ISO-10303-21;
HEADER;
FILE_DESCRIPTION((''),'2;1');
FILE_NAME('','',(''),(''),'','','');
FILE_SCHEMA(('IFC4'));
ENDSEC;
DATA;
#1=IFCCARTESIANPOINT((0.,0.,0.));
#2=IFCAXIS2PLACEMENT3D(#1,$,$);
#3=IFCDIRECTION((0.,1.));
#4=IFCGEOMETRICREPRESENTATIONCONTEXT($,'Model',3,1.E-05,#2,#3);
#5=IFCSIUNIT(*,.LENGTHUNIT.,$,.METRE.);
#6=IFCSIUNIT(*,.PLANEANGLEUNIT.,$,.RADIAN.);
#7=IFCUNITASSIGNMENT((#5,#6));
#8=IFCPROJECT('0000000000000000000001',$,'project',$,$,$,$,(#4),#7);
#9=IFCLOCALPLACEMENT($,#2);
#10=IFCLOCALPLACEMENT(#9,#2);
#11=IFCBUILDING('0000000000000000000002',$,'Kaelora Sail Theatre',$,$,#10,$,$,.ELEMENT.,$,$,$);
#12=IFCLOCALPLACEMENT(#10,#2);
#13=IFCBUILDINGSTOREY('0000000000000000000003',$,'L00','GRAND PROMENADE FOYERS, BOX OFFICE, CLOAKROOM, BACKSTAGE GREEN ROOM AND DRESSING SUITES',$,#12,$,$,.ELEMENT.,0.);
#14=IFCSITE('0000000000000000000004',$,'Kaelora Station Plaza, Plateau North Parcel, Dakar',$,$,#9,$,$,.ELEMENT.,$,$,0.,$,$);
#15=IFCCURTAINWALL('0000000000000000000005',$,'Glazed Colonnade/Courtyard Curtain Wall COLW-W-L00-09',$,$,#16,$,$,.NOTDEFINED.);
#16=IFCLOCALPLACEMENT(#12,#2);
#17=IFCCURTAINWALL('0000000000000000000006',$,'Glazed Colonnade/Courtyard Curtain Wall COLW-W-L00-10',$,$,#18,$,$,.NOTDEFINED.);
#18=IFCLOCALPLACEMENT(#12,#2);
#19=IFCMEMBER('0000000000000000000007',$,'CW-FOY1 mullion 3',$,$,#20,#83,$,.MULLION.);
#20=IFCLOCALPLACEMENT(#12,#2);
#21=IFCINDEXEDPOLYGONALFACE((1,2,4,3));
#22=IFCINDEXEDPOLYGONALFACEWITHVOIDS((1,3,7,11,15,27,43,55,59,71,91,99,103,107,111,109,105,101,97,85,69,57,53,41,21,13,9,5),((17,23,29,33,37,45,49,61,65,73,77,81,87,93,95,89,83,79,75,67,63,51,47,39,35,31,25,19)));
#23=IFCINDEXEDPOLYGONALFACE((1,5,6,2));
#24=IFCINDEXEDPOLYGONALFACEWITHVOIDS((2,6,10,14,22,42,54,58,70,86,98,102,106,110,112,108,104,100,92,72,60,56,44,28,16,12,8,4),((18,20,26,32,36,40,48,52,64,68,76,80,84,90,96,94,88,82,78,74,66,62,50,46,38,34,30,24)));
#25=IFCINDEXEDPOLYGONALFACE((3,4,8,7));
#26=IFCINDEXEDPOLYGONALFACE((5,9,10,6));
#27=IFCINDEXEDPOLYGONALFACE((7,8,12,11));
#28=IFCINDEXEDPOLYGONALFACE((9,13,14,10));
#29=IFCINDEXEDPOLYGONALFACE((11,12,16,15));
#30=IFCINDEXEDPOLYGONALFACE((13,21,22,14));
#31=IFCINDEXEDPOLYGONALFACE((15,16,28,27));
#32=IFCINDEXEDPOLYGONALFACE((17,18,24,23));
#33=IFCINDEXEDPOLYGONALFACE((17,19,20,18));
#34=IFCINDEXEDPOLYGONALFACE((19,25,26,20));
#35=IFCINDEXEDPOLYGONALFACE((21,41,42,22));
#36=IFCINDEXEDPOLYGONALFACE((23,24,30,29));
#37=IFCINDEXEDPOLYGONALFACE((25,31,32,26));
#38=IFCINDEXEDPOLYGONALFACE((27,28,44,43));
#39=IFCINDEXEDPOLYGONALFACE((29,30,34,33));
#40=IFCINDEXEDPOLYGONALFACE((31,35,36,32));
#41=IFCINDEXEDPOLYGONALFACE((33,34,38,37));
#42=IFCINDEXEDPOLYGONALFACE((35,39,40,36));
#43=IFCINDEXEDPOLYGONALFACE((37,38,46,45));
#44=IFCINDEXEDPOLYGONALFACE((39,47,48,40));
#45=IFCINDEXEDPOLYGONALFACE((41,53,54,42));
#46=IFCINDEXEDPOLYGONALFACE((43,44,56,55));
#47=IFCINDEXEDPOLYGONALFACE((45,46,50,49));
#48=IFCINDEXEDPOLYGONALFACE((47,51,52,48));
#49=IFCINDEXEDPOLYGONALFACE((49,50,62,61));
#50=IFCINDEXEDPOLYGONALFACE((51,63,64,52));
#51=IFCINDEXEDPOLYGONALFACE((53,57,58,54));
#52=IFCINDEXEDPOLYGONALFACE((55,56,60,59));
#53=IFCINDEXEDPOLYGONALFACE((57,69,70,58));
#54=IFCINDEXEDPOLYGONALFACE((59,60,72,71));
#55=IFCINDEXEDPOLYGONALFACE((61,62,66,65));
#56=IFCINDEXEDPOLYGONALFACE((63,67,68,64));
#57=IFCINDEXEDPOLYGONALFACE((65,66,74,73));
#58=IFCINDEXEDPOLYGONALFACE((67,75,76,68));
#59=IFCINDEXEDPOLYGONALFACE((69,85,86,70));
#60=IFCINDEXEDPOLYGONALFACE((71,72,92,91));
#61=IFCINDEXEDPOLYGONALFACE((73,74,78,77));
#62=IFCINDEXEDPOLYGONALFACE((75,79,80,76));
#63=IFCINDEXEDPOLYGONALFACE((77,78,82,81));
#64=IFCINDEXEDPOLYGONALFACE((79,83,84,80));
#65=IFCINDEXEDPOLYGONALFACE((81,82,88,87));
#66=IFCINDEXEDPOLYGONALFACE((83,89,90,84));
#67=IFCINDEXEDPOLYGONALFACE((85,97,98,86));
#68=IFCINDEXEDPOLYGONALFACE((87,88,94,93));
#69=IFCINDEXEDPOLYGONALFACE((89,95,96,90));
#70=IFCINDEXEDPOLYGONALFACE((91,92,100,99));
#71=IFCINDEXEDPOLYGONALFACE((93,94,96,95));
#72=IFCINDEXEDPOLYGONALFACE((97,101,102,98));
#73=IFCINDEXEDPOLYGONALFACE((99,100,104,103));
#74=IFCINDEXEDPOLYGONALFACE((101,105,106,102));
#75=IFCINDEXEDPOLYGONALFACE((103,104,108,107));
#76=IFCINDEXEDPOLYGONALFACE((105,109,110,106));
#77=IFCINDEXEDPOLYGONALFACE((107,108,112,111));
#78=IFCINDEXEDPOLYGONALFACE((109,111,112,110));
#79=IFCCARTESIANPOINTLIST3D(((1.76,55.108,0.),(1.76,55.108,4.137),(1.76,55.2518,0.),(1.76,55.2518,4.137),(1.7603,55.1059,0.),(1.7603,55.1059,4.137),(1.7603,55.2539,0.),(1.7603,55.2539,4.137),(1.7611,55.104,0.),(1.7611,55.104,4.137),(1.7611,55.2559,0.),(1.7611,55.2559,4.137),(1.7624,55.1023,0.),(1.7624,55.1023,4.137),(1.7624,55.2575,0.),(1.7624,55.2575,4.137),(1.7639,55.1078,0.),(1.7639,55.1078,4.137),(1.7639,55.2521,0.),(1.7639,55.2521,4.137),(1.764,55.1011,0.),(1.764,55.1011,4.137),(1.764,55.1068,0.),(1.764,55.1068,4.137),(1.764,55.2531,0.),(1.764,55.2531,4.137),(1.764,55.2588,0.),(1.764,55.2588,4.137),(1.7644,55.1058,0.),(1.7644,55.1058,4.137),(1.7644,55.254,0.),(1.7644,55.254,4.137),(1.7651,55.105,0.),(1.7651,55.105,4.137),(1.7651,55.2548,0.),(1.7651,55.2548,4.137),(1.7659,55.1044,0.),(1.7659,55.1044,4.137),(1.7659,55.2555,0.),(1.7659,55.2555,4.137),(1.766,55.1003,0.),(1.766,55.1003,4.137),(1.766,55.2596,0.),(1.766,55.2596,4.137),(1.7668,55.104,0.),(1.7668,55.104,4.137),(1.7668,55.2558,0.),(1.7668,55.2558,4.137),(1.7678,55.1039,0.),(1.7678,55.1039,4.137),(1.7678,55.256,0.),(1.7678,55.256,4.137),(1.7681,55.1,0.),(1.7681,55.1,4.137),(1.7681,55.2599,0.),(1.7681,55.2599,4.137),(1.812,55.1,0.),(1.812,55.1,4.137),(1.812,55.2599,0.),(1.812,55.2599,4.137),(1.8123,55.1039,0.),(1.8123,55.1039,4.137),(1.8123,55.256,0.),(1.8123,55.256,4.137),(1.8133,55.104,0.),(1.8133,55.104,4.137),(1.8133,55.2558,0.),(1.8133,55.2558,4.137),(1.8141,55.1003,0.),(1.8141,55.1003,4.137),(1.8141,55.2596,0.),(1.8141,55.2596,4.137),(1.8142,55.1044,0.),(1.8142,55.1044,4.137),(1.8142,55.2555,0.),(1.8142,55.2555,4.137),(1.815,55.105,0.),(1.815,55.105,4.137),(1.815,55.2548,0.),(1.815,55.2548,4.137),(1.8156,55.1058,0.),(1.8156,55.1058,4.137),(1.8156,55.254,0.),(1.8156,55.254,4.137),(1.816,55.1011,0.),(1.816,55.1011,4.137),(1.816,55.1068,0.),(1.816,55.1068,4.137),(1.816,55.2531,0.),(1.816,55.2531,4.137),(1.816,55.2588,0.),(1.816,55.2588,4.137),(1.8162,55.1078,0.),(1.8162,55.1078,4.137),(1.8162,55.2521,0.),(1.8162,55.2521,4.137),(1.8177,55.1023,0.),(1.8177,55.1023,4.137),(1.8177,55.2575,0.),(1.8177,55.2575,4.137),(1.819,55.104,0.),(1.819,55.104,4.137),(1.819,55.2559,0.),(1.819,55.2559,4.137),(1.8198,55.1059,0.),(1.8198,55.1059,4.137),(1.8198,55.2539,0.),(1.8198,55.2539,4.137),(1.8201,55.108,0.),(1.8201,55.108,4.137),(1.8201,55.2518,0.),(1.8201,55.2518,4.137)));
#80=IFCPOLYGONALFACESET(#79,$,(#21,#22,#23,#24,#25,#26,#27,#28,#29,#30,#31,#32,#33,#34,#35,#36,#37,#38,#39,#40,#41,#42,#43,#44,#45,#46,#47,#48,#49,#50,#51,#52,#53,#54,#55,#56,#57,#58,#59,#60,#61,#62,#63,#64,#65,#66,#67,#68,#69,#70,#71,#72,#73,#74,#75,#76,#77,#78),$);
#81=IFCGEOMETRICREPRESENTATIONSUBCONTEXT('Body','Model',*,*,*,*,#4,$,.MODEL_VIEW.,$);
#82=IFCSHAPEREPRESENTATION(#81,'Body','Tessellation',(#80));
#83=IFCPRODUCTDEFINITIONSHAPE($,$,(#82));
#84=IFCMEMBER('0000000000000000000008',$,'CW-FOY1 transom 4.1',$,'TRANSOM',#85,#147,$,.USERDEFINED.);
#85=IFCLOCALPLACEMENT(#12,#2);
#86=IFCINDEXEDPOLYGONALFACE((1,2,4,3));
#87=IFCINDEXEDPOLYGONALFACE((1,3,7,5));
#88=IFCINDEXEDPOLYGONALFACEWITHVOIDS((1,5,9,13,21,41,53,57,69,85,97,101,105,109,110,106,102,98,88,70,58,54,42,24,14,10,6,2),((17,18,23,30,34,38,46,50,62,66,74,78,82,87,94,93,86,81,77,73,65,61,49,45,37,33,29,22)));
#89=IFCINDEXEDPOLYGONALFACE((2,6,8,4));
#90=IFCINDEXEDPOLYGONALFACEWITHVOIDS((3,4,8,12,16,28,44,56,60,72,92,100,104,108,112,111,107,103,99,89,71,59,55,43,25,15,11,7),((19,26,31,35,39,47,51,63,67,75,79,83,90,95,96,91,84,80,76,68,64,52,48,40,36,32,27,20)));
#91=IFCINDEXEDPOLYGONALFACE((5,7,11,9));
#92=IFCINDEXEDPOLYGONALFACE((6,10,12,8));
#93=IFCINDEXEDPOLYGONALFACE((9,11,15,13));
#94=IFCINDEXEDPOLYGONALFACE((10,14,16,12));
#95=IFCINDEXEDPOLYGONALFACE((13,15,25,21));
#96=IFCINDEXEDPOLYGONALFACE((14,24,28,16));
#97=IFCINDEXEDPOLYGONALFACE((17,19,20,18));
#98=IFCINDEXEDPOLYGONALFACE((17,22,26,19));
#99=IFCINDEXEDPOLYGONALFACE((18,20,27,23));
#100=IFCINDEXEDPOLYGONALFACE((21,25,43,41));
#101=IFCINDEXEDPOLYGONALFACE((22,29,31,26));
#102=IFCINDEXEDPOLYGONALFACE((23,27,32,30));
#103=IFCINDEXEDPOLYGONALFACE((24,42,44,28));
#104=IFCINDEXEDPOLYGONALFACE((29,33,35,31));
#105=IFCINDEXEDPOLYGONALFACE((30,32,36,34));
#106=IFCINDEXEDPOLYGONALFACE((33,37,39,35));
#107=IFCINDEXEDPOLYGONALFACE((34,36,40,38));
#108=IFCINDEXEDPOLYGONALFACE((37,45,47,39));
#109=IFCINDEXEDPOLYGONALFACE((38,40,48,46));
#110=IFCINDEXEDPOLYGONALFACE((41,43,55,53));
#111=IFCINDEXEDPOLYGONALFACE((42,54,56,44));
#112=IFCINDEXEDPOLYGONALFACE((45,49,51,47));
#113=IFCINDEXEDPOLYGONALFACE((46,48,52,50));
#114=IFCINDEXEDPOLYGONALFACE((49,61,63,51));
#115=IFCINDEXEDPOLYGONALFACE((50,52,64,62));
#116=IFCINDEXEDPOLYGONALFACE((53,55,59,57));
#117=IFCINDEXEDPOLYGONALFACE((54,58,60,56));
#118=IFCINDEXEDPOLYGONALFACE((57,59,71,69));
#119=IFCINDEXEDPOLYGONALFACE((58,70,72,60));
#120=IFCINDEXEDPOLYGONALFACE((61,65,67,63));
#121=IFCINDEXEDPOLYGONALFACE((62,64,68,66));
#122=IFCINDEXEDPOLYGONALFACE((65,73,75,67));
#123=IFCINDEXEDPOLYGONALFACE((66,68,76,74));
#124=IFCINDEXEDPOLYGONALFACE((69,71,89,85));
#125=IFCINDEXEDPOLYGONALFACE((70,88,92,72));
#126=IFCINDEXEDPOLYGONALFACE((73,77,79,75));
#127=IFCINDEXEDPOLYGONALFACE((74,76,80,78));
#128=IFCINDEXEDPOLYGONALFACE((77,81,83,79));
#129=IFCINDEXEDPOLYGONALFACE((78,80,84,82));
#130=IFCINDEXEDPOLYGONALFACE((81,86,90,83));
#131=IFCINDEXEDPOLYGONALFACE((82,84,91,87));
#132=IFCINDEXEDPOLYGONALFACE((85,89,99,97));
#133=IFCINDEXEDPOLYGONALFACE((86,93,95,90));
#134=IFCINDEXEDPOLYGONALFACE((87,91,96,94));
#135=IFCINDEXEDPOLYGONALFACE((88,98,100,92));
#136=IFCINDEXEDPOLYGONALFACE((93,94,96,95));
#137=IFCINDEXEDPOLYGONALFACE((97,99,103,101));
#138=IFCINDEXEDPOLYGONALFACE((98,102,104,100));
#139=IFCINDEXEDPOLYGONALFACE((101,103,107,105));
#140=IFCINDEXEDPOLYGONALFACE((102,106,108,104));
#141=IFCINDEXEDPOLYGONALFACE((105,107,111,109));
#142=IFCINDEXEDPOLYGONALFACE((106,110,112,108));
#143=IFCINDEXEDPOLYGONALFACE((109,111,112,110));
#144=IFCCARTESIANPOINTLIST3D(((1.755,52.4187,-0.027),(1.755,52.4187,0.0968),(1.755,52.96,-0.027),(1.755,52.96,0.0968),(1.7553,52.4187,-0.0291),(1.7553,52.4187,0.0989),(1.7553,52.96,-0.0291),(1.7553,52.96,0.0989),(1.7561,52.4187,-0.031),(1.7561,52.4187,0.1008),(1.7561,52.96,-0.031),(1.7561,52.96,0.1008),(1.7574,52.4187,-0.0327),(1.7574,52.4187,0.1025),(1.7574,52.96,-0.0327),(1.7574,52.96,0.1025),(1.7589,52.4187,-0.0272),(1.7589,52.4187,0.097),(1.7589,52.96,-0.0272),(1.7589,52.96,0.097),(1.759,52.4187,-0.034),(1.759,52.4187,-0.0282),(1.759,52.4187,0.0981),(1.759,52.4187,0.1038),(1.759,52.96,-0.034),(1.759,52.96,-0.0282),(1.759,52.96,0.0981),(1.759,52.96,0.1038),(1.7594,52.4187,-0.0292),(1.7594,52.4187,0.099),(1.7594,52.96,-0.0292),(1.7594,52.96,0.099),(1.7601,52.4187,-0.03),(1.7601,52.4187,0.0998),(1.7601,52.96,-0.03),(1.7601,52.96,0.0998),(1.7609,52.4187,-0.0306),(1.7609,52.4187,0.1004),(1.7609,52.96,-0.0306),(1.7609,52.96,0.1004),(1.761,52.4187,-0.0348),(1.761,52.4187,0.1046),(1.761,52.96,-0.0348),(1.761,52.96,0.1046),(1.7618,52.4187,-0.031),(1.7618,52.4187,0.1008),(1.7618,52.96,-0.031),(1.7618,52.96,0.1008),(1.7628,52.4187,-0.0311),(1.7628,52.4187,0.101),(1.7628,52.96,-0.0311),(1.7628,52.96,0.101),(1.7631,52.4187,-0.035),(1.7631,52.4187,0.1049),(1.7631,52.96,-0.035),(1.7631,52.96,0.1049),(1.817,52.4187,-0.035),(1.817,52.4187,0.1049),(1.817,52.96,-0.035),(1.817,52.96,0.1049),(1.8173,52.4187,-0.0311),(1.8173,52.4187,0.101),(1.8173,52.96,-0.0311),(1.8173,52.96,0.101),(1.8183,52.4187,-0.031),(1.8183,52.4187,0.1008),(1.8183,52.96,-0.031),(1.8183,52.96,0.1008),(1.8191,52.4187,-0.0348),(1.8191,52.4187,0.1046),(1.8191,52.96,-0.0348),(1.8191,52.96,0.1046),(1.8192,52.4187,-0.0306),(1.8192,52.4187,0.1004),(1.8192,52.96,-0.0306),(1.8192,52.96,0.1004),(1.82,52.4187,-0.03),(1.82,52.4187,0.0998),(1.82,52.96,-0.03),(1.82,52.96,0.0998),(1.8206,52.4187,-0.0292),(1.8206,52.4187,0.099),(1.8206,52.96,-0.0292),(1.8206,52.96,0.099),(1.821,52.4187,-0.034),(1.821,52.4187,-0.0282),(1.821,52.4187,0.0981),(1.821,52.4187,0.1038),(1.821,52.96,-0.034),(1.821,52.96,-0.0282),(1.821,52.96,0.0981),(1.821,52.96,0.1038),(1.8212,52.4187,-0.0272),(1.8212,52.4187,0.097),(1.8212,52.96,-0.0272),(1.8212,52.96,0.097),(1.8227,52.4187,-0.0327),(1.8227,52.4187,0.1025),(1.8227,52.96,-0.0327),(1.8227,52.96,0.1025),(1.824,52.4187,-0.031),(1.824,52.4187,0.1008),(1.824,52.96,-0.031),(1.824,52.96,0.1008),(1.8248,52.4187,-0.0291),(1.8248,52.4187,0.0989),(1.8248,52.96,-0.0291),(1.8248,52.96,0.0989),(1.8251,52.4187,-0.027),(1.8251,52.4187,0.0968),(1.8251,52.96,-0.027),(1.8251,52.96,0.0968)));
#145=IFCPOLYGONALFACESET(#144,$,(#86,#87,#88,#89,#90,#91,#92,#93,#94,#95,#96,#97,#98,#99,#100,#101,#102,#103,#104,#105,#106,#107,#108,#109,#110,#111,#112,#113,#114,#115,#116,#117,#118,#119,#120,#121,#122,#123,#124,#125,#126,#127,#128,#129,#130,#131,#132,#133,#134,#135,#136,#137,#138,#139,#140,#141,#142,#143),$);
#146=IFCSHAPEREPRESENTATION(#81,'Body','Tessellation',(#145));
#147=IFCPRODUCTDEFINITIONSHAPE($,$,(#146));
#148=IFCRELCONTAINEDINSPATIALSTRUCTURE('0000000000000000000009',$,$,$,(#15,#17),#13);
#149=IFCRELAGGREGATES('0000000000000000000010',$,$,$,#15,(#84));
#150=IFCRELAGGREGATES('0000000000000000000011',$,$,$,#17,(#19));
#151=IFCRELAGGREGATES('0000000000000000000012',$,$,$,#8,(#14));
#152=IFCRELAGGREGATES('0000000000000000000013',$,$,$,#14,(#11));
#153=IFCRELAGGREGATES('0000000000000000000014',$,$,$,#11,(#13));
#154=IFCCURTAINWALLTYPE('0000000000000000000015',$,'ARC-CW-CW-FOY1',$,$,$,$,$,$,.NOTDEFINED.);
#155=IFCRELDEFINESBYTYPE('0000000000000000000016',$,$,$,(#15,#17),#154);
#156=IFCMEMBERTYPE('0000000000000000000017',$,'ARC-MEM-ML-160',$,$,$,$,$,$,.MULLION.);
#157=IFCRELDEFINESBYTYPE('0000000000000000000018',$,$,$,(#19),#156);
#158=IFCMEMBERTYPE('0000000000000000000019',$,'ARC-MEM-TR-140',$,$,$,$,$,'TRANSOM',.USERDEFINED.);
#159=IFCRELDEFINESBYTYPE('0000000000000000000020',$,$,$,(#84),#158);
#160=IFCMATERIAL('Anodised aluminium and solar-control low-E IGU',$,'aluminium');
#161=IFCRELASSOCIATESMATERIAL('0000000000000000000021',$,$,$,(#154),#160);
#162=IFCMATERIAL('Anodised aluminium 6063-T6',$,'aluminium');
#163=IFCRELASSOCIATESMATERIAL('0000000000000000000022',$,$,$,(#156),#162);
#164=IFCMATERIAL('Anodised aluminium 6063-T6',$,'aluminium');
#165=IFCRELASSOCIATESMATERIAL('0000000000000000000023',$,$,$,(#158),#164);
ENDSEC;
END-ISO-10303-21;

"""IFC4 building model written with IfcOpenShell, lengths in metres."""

from ifc_helpers import new_model, si_unit, direction, frame, origin, origin_2d, place, context, subcontext, project, spatial, hollow_rectangle, extrude, material, material_profile, profile_set, type_object, element, aggregate, save


model = new_model("IFC4")

# Units and contexts
model_context = context("Model", 3, precision=1e-05, world=origin(), true_north=direction((0.0, 1.0)))
body_context = subcontext(model_context, "Body", "Model", "MODEL_VIEW")
ifc_project = project(units=[si_unit("LENGTHUNIT", "METRE"), si_unit("PLANEANGLEUNIT", "RADIAN")], contexts=[model_context])

# Site, building, storey
site_placement = place(None, origin())
site = spatial("IfcSite", under=ifc_project, at=site_placement, Name="Kaelora Station Plaza, Plateau North Parcel, Dakar", CompositionType="ELEMENT", RefElevation=0.0)
building_placement = place(site_placement, origin())
building = spatial("IfcBuilding", under=site, at=building_placement, Name="Kaelora Sail Theatre", CompositionType="ELEMENT")
storey_placement = place(building_placement, origin())
storey = spatial("IfcBuildingStorey", under=building, at=storey_placement, Name="L00", Description="GRAND PROMENADE FOYERS, BOX OFFICE, CLOAKROOM, BACKSTAGE GREEN ROOM AND DRESSING SUITES", CompositionType="ELEMENT", Elevation=0.0)

# Curtain walls, member
ifc_material_1 = material(Name="Anodised aluminium and solar-control low-E IGU", Category="aluminium")
curtain_wall_type = type_object("IfcCurtainWallType", Name="ARC-CW-CW-FOY1", PredefinedType="NOTDEFINED", material=ifc_material_1)
curtain_wall_1_placement = place(storey_placement, origin())
curtain_wall_1 = element("IfcCurtainWall", 1, at=curtain_wall_1_placement, inside=storey, type_object=curtain_wall_type, Name="Glazed Colonnade/Courtyard Curtain Wall COLW-W-L00-09", PredefinedType="NOTDEFINED")
ifc_material_2 = material(Name="Anodised aluminium 6063-T6", Category="aluminium")
ifc_material_profile_1 = material_profile(ifc_material_2, hollow_rectangle(XDim=0.0601, YDim=0.1599, WallThickness=0.0039, InnerFilletRadius=0.0039, OuterFilletRadius=0.0081, at=origin_2d()), Name="ALU-MULL 60x160x4")
ifc_profile_set_1 = profile_set([ifc_material_profile_1], Name="Anodised aluminium 6063-T6")
member_type_1 = type_object("IfcMemberType", Name="ARC-MEM-ML-160", PredefinedType="MULLION", material=ifc_profile_set_1)
curtain_wall_2_placement = place(storey_placement, origin())
curtain_wall_2 = element("IfcCurtainWall", 2, at=curtain_wall_2_placement, inside=storey, type_object=curtain_wall_type, Name="Glazed Colonnade/Courtyard Curtain Wall COLW-W-L00-10", PredefinedType="NOTDEFINED")
member_1_placement = place(storey_placement, frame((1.79, 55.1799, 0.0), z_axis=(0.0, 0.0, 1.0), x_axis=(-1.0, 0.0, 0.0)))
member_1 = element("IfcMember", 3, at=member_1_placement, type_object=member_type_1, Name="CW-FOY1 mullion 3", PredefinedType="MULLION", context=body_context, shape_type="SweptSolid", body=[
    extrude(hollow_rectangle(XDim=0.0601, YDim=0.1599, WallThickness=0.0039, InnerFilletRadius=0.0039, OuterFilletRadius=0.0081, at=origin_2d()), origin(), (0.0, 0.0, 1.0), 4.137),
])

# Member
ifc_material_3 = material(Name="Anodised aluminium 6063-T6", Category="aluminium")
ifc_material_profile_2 = material_profile(ifc_material_3, hollow_rectangle(XDim=0.0701, YDim=0.1399, WallThickness=0.0039, InnerFilletRadius=0.0039, OuterFilletRadius=0.0081, at=origin_2d()), Name="ALU-TRAN 70x140x4")
ifc_profile_set_2 = profile_set([ifc_material_profile_2], Name="Anodised aluminium 6063-T6")
member_type_2 = type_object("IfcMemberType", Name="ARC-MEM-TR-140", ElementType="TRANSOM", PredefinedType="USERDEFINED", material=ifc_profile_set_2)
member_2_placement = place(storey_placement, frame((1.79, 52.4187, 0.0349), z_axis=(0.0, 1.0, 0.0), x_axis=(-1.0, 0.0, 0.0)))
member_2 = element("IfcMember", 4, at=member_2_placement, type_object=member_type_2, Name="CW-FOY1 transom 4.1", ObjectType="TRANSOM", PredefinedType="USERDEFINED", context=body_context, shape_type="SweptSolid", body=[
    extrude(hollow_rectangle(XDim=0.0701, YDim=0.1399, WallThickness=0.0039, InnerFilletRadius=0.0039, OuterFilletRadius=0.0081, at=origin_2d()), origin(), (0.0, 0.0, 1.0), 0.5413),
])

aggregate(curtain_wall_1, [member_2])
aggregate(curtain_wall_2, [member_1])

save(model, "model.ifc")
